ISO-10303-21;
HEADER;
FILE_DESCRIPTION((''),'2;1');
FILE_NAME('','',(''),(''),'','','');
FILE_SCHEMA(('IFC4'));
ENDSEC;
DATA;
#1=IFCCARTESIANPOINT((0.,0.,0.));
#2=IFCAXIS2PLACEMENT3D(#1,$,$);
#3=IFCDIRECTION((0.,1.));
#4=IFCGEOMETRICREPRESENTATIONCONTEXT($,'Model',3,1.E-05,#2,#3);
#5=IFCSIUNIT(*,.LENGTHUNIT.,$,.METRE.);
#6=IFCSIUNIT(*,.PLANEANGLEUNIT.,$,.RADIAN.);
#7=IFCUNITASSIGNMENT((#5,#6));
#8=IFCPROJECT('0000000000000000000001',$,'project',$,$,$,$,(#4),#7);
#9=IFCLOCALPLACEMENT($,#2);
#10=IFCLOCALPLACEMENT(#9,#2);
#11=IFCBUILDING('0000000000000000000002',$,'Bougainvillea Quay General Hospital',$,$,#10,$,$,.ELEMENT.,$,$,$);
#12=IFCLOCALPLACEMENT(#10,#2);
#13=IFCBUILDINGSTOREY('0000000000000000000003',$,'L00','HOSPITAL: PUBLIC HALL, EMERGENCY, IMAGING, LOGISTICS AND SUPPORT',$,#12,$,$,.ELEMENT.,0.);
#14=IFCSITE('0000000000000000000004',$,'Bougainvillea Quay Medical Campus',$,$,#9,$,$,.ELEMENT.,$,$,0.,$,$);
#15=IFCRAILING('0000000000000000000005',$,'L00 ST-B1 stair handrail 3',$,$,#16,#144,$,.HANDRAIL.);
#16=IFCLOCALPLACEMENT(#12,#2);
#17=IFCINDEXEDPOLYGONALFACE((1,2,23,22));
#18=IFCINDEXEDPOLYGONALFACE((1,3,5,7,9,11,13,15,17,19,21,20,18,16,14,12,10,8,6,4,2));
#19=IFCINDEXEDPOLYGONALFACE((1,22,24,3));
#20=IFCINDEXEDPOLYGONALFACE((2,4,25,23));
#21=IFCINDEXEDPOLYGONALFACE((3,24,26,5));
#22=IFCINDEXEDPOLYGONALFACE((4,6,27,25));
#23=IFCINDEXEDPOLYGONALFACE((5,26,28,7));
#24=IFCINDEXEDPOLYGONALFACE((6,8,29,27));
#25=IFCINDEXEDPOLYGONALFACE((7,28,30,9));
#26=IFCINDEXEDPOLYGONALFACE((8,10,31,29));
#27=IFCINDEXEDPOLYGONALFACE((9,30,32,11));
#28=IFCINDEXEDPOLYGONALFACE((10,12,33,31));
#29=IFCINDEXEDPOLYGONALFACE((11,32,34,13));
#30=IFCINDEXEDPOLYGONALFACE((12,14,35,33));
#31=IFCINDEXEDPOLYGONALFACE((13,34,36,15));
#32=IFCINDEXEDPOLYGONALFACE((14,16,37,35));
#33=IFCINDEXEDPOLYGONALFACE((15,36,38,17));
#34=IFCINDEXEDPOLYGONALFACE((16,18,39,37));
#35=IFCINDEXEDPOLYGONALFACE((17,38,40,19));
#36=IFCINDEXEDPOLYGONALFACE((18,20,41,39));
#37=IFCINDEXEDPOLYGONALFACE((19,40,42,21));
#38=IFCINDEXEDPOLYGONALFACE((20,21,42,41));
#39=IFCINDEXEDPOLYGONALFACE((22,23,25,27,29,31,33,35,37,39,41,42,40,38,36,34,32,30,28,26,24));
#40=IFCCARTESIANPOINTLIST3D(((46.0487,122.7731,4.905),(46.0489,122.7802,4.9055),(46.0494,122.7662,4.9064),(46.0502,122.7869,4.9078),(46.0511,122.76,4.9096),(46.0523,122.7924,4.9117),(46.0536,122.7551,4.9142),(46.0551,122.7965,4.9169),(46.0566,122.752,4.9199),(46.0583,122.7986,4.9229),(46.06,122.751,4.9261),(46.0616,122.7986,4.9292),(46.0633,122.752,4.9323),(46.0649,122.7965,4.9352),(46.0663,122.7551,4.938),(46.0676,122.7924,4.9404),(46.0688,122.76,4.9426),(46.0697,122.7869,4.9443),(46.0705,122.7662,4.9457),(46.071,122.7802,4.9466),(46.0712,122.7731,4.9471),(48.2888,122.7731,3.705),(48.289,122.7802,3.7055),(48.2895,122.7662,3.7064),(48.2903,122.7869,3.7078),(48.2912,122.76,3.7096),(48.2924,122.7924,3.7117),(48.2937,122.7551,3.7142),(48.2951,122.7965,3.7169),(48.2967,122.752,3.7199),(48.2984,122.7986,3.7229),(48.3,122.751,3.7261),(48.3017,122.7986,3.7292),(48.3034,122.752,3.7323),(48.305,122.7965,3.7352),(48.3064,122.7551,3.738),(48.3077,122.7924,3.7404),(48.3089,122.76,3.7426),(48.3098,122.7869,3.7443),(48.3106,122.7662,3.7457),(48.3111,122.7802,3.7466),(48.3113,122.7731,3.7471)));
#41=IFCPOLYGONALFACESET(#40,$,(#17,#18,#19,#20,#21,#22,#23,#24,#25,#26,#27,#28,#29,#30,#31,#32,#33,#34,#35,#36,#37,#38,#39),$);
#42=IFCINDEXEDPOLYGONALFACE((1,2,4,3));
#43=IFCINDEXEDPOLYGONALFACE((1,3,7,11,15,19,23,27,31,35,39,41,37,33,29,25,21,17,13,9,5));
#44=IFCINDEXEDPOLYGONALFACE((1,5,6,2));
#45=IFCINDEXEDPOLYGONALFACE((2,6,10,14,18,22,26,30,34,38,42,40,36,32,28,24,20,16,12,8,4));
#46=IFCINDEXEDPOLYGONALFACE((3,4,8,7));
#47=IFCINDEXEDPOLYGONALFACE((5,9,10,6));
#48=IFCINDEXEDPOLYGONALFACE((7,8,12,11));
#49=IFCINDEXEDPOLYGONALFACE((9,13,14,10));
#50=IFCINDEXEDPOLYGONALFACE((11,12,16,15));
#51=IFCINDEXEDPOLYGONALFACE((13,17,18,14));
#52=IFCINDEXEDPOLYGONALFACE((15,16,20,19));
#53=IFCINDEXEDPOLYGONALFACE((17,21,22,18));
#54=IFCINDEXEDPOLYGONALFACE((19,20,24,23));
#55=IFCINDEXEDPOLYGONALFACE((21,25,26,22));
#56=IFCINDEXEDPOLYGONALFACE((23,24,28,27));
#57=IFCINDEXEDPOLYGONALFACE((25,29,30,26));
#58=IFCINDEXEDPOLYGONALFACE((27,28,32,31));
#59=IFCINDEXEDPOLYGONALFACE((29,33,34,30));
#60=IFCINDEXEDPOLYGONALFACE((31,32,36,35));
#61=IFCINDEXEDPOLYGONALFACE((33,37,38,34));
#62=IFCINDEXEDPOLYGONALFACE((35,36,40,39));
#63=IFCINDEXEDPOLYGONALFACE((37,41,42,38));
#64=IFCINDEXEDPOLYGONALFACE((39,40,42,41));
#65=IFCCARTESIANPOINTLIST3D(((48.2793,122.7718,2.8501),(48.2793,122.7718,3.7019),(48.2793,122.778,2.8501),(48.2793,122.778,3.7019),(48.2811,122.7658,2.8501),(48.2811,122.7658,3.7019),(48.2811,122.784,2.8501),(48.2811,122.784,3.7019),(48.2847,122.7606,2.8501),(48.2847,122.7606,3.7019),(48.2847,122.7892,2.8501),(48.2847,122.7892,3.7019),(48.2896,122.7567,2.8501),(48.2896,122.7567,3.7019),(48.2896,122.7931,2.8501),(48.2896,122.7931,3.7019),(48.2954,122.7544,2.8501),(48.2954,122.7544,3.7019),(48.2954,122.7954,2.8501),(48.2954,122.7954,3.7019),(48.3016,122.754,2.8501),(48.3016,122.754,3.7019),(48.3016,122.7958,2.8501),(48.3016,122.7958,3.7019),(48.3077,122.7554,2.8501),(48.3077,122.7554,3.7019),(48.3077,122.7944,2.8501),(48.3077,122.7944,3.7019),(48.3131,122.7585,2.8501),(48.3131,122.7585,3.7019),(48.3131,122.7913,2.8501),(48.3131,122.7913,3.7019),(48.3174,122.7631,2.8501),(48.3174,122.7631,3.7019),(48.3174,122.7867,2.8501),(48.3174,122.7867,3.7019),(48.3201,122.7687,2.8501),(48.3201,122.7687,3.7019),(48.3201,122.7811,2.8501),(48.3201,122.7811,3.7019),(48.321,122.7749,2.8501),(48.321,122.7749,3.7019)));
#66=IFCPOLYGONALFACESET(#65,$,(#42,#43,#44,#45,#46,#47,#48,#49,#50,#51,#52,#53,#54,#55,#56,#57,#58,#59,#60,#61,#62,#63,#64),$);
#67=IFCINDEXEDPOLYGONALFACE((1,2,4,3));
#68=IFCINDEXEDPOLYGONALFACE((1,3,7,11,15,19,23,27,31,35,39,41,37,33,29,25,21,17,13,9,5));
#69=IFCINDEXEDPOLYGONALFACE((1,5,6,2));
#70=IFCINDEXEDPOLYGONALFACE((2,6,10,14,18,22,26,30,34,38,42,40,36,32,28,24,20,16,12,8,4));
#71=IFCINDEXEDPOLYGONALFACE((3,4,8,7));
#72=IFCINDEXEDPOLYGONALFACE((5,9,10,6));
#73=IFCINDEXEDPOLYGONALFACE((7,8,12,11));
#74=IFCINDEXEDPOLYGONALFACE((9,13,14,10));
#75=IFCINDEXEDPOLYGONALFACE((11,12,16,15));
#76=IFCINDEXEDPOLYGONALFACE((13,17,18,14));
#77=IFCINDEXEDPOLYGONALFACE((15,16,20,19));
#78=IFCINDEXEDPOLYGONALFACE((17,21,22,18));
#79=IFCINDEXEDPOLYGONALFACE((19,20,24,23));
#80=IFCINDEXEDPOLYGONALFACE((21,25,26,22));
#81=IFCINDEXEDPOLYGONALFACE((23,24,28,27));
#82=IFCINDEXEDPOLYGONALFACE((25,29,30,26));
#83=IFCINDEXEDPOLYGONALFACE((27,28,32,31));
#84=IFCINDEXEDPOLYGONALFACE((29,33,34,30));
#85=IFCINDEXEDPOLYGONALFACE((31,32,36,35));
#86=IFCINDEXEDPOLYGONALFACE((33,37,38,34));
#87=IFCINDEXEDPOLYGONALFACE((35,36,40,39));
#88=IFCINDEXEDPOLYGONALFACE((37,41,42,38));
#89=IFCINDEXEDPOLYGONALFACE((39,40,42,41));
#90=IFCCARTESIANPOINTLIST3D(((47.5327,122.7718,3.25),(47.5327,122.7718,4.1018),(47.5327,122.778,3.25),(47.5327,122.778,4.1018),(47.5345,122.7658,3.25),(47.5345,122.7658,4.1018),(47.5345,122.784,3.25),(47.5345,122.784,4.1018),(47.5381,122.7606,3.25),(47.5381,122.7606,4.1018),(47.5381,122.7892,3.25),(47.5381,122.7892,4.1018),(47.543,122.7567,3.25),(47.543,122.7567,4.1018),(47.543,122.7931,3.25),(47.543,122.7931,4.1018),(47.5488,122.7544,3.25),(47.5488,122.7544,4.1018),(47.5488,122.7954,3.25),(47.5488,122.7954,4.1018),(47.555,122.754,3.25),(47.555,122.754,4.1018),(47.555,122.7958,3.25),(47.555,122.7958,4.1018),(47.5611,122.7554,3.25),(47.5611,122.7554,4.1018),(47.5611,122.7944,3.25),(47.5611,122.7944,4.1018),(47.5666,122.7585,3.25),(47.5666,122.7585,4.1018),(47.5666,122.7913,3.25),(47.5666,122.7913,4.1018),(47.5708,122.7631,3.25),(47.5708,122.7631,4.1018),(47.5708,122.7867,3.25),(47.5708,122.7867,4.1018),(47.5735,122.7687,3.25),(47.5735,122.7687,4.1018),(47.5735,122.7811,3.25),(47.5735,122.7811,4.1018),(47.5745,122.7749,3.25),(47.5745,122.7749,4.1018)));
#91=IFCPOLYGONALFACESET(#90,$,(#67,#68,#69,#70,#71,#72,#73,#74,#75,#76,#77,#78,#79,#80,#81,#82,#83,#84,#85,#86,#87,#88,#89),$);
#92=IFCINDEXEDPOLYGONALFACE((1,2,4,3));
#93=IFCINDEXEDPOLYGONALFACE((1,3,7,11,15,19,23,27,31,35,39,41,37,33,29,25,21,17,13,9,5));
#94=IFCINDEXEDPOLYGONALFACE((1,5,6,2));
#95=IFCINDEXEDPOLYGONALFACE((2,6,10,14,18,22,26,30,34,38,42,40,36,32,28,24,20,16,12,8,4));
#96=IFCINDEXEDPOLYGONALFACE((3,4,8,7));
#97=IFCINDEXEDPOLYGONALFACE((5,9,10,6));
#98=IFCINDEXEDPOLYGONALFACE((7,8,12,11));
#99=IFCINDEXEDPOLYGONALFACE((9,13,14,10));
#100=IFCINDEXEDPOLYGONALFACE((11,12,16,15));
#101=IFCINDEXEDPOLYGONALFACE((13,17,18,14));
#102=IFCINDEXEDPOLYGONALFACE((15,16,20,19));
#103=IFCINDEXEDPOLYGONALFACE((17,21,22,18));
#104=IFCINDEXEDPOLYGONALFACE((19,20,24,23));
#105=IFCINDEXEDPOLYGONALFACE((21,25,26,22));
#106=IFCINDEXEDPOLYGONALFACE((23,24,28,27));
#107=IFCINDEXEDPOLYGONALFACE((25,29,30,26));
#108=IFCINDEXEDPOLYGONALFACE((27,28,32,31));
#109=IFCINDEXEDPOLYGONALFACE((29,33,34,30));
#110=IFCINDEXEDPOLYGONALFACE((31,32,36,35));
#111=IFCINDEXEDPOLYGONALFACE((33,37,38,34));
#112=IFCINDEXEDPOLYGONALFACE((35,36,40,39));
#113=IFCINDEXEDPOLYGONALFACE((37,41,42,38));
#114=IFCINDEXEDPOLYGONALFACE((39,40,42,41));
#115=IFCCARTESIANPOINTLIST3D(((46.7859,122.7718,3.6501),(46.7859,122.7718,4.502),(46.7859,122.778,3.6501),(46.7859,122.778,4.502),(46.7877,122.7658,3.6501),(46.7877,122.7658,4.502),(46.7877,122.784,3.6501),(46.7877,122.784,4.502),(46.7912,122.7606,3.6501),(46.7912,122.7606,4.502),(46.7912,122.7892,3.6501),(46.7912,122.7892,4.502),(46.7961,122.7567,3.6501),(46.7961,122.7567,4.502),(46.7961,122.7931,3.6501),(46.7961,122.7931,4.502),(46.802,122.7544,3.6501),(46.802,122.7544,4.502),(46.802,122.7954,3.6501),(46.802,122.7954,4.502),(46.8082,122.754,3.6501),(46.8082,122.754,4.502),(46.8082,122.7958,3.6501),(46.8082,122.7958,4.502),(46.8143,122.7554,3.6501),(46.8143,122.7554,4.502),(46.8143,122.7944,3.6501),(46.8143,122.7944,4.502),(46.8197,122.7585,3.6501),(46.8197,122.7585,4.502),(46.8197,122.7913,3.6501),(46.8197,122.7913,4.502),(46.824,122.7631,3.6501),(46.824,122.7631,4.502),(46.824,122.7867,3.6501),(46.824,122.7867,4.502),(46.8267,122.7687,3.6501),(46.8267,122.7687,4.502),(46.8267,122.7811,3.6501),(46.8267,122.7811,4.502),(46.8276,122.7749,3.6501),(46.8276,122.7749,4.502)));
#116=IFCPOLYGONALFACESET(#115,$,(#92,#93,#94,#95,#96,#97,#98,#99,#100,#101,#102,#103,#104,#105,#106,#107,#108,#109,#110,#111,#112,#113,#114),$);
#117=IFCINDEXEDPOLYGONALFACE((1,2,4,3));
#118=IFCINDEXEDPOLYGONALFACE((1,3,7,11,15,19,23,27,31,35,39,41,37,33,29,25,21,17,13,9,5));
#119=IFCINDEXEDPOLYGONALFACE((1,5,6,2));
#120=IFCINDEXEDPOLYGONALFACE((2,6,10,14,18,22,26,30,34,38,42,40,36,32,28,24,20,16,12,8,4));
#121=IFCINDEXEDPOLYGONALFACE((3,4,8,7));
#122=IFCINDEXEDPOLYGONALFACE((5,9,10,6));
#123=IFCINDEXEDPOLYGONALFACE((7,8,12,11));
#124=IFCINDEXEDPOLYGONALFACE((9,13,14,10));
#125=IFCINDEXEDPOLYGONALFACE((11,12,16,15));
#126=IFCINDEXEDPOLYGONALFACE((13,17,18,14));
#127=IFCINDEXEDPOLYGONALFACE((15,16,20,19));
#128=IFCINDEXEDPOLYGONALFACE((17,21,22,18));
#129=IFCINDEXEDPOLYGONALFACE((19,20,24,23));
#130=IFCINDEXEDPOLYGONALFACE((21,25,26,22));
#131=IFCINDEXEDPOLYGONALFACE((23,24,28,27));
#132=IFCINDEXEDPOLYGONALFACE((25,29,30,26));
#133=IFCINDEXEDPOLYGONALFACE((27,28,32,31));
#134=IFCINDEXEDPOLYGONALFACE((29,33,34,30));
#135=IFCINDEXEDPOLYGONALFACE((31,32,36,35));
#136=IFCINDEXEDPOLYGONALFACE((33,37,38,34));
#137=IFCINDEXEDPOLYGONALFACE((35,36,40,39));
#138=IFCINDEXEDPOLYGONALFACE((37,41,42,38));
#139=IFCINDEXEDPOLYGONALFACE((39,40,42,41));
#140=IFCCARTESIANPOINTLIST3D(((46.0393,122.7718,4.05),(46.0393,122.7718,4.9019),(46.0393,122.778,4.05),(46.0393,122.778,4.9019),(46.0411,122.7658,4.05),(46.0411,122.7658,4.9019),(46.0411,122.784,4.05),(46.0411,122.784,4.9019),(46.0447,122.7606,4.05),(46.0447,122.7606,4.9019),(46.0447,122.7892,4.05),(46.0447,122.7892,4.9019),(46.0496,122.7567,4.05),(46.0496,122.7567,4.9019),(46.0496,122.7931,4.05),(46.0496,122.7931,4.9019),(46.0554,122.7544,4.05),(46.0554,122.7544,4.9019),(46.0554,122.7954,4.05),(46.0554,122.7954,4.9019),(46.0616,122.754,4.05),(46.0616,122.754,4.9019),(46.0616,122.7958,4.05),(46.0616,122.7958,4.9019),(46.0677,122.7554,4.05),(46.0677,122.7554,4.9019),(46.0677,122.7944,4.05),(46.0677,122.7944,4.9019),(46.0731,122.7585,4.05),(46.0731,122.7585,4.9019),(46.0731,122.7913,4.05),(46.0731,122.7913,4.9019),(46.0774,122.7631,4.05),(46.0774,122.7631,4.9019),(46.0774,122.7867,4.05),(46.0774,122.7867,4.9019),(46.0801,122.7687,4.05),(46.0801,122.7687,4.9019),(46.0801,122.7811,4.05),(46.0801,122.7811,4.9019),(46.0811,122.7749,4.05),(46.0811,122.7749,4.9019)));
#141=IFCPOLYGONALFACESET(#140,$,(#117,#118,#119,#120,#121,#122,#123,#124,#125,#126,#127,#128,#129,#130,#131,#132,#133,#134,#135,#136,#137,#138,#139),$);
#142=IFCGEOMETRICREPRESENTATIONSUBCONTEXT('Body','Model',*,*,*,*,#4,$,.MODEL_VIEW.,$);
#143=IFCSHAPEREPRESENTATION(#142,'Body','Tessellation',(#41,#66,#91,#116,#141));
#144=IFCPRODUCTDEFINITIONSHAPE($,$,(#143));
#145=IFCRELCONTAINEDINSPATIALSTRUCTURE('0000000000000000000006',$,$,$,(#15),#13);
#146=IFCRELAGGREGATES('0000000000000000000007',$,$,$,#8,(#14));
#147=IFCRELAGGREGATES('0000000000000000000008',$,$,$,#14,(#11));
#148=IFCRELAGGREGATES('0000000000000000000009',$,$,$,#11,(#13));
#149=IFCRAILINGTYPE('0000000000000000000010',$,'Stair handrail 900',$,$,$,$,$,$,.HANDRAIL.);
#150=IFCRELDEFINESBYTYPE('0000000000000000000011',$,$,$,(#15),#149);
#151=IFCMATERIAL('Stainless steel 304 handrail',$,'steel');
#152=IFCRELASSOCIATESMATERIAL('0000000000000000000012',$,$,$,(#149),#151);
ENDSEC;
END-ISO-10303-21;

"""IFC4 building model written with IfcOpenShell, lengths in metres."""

from ifc_helpers import new_model, si_unit, direction, frame, origin, origin_2d, place, context, subcontext, project, spatial, circle, extrude, material, type_object, element, save


model = new_model("IFC4")

# Units and contexts
model_context = context("Model", 3, precision=1e-05, world=origin(), true_north=direction((0.0, 1.0)))
body_context = subcontext(model_context, "Body", "Model", "MODEL_VIEW")
ifc_project = project(units=[si_unit("LENGTHUNIT", "METRE"), si_unit("PLANEANGLEUNIT", "RADIAN")], contexts=[model_context])

# Site, building, storey
site_placement = place(None, origin())
site = spatial("IfcSite", under=ifc_project, at=site_placement, Name="Bougainvillea Quay Medical Campus", CompositionType="ELEMENT", RefElevation=0.0)
building_placement = place(site_placement, origin())
building = spatial("IfcBuilding", under=site, at=building_placement, Name="Bougainvillea Quay General Hospital", CompositionType="ELEMENT")
storey_placement = place(building_placement, origin())
storey = spatial("IfcBuildingStorey", under=building, at=storey_placement, Name="L00", Description="HOSPITAL: PUBLIC HALL, EMERGENCY, IMAGING, LOGISTICS AND SUPPORT", CompositionType="ELEMENT", Elevation=0.0)

# Railing
ifc_material_1 = material(Name="Stainless steel 304 handrail", Category="steel")
railing_type_1 = type_object("IfcRailingType", Name="Stair handrail 900", PredefinedType="HANDRAIL", material=ifc_material_1)
railing_1_placement = place(storey_placement, frame((48.3, 122.7749, 2.8501)))
element("IfcRailing", 1, at=railing_1_placement, inside=storey, type_object=railing_type_1, Name="L00 ST-B1 stair handrail 3", PredefinedType="HANDRAIL", context=body_context, shape_type="SweptSolid", body=[
    extrude(circle(Radius=0.0239, at=origin_2d()), frame((0.0, 0.0, 0.876), z_axis=(-0.881487, 0.0, 0.472208), x_axis=(0.0, -1.0, 0.0)), (0.0, 0.0, 1.0), 2.5413),
    extrude(circle(Radius=0.021, at=origin_2d()), origin(), (0.0, 0.0, 1.0), 0.8518),
    extrude(circle(Radius=0.021, at=origin_2d()), frame((-0.7466, 0.0, 0.3999)), (0.0, 0.0, 1.0), 0.8518),
    extrude(circle(Radius=0.021, at=origin_2d()), frame((-1.4934, 0.0, 0.8)), (0.0, 0.0, 1.0), 0.8518),
    extrude(circle(Radius=0.021, at=origin_2d()), frame((-2.24, 0.0, 1.2)), (0.0, 0.0, 1.0), 0.8518),
])

save(model, "model.ifc")
